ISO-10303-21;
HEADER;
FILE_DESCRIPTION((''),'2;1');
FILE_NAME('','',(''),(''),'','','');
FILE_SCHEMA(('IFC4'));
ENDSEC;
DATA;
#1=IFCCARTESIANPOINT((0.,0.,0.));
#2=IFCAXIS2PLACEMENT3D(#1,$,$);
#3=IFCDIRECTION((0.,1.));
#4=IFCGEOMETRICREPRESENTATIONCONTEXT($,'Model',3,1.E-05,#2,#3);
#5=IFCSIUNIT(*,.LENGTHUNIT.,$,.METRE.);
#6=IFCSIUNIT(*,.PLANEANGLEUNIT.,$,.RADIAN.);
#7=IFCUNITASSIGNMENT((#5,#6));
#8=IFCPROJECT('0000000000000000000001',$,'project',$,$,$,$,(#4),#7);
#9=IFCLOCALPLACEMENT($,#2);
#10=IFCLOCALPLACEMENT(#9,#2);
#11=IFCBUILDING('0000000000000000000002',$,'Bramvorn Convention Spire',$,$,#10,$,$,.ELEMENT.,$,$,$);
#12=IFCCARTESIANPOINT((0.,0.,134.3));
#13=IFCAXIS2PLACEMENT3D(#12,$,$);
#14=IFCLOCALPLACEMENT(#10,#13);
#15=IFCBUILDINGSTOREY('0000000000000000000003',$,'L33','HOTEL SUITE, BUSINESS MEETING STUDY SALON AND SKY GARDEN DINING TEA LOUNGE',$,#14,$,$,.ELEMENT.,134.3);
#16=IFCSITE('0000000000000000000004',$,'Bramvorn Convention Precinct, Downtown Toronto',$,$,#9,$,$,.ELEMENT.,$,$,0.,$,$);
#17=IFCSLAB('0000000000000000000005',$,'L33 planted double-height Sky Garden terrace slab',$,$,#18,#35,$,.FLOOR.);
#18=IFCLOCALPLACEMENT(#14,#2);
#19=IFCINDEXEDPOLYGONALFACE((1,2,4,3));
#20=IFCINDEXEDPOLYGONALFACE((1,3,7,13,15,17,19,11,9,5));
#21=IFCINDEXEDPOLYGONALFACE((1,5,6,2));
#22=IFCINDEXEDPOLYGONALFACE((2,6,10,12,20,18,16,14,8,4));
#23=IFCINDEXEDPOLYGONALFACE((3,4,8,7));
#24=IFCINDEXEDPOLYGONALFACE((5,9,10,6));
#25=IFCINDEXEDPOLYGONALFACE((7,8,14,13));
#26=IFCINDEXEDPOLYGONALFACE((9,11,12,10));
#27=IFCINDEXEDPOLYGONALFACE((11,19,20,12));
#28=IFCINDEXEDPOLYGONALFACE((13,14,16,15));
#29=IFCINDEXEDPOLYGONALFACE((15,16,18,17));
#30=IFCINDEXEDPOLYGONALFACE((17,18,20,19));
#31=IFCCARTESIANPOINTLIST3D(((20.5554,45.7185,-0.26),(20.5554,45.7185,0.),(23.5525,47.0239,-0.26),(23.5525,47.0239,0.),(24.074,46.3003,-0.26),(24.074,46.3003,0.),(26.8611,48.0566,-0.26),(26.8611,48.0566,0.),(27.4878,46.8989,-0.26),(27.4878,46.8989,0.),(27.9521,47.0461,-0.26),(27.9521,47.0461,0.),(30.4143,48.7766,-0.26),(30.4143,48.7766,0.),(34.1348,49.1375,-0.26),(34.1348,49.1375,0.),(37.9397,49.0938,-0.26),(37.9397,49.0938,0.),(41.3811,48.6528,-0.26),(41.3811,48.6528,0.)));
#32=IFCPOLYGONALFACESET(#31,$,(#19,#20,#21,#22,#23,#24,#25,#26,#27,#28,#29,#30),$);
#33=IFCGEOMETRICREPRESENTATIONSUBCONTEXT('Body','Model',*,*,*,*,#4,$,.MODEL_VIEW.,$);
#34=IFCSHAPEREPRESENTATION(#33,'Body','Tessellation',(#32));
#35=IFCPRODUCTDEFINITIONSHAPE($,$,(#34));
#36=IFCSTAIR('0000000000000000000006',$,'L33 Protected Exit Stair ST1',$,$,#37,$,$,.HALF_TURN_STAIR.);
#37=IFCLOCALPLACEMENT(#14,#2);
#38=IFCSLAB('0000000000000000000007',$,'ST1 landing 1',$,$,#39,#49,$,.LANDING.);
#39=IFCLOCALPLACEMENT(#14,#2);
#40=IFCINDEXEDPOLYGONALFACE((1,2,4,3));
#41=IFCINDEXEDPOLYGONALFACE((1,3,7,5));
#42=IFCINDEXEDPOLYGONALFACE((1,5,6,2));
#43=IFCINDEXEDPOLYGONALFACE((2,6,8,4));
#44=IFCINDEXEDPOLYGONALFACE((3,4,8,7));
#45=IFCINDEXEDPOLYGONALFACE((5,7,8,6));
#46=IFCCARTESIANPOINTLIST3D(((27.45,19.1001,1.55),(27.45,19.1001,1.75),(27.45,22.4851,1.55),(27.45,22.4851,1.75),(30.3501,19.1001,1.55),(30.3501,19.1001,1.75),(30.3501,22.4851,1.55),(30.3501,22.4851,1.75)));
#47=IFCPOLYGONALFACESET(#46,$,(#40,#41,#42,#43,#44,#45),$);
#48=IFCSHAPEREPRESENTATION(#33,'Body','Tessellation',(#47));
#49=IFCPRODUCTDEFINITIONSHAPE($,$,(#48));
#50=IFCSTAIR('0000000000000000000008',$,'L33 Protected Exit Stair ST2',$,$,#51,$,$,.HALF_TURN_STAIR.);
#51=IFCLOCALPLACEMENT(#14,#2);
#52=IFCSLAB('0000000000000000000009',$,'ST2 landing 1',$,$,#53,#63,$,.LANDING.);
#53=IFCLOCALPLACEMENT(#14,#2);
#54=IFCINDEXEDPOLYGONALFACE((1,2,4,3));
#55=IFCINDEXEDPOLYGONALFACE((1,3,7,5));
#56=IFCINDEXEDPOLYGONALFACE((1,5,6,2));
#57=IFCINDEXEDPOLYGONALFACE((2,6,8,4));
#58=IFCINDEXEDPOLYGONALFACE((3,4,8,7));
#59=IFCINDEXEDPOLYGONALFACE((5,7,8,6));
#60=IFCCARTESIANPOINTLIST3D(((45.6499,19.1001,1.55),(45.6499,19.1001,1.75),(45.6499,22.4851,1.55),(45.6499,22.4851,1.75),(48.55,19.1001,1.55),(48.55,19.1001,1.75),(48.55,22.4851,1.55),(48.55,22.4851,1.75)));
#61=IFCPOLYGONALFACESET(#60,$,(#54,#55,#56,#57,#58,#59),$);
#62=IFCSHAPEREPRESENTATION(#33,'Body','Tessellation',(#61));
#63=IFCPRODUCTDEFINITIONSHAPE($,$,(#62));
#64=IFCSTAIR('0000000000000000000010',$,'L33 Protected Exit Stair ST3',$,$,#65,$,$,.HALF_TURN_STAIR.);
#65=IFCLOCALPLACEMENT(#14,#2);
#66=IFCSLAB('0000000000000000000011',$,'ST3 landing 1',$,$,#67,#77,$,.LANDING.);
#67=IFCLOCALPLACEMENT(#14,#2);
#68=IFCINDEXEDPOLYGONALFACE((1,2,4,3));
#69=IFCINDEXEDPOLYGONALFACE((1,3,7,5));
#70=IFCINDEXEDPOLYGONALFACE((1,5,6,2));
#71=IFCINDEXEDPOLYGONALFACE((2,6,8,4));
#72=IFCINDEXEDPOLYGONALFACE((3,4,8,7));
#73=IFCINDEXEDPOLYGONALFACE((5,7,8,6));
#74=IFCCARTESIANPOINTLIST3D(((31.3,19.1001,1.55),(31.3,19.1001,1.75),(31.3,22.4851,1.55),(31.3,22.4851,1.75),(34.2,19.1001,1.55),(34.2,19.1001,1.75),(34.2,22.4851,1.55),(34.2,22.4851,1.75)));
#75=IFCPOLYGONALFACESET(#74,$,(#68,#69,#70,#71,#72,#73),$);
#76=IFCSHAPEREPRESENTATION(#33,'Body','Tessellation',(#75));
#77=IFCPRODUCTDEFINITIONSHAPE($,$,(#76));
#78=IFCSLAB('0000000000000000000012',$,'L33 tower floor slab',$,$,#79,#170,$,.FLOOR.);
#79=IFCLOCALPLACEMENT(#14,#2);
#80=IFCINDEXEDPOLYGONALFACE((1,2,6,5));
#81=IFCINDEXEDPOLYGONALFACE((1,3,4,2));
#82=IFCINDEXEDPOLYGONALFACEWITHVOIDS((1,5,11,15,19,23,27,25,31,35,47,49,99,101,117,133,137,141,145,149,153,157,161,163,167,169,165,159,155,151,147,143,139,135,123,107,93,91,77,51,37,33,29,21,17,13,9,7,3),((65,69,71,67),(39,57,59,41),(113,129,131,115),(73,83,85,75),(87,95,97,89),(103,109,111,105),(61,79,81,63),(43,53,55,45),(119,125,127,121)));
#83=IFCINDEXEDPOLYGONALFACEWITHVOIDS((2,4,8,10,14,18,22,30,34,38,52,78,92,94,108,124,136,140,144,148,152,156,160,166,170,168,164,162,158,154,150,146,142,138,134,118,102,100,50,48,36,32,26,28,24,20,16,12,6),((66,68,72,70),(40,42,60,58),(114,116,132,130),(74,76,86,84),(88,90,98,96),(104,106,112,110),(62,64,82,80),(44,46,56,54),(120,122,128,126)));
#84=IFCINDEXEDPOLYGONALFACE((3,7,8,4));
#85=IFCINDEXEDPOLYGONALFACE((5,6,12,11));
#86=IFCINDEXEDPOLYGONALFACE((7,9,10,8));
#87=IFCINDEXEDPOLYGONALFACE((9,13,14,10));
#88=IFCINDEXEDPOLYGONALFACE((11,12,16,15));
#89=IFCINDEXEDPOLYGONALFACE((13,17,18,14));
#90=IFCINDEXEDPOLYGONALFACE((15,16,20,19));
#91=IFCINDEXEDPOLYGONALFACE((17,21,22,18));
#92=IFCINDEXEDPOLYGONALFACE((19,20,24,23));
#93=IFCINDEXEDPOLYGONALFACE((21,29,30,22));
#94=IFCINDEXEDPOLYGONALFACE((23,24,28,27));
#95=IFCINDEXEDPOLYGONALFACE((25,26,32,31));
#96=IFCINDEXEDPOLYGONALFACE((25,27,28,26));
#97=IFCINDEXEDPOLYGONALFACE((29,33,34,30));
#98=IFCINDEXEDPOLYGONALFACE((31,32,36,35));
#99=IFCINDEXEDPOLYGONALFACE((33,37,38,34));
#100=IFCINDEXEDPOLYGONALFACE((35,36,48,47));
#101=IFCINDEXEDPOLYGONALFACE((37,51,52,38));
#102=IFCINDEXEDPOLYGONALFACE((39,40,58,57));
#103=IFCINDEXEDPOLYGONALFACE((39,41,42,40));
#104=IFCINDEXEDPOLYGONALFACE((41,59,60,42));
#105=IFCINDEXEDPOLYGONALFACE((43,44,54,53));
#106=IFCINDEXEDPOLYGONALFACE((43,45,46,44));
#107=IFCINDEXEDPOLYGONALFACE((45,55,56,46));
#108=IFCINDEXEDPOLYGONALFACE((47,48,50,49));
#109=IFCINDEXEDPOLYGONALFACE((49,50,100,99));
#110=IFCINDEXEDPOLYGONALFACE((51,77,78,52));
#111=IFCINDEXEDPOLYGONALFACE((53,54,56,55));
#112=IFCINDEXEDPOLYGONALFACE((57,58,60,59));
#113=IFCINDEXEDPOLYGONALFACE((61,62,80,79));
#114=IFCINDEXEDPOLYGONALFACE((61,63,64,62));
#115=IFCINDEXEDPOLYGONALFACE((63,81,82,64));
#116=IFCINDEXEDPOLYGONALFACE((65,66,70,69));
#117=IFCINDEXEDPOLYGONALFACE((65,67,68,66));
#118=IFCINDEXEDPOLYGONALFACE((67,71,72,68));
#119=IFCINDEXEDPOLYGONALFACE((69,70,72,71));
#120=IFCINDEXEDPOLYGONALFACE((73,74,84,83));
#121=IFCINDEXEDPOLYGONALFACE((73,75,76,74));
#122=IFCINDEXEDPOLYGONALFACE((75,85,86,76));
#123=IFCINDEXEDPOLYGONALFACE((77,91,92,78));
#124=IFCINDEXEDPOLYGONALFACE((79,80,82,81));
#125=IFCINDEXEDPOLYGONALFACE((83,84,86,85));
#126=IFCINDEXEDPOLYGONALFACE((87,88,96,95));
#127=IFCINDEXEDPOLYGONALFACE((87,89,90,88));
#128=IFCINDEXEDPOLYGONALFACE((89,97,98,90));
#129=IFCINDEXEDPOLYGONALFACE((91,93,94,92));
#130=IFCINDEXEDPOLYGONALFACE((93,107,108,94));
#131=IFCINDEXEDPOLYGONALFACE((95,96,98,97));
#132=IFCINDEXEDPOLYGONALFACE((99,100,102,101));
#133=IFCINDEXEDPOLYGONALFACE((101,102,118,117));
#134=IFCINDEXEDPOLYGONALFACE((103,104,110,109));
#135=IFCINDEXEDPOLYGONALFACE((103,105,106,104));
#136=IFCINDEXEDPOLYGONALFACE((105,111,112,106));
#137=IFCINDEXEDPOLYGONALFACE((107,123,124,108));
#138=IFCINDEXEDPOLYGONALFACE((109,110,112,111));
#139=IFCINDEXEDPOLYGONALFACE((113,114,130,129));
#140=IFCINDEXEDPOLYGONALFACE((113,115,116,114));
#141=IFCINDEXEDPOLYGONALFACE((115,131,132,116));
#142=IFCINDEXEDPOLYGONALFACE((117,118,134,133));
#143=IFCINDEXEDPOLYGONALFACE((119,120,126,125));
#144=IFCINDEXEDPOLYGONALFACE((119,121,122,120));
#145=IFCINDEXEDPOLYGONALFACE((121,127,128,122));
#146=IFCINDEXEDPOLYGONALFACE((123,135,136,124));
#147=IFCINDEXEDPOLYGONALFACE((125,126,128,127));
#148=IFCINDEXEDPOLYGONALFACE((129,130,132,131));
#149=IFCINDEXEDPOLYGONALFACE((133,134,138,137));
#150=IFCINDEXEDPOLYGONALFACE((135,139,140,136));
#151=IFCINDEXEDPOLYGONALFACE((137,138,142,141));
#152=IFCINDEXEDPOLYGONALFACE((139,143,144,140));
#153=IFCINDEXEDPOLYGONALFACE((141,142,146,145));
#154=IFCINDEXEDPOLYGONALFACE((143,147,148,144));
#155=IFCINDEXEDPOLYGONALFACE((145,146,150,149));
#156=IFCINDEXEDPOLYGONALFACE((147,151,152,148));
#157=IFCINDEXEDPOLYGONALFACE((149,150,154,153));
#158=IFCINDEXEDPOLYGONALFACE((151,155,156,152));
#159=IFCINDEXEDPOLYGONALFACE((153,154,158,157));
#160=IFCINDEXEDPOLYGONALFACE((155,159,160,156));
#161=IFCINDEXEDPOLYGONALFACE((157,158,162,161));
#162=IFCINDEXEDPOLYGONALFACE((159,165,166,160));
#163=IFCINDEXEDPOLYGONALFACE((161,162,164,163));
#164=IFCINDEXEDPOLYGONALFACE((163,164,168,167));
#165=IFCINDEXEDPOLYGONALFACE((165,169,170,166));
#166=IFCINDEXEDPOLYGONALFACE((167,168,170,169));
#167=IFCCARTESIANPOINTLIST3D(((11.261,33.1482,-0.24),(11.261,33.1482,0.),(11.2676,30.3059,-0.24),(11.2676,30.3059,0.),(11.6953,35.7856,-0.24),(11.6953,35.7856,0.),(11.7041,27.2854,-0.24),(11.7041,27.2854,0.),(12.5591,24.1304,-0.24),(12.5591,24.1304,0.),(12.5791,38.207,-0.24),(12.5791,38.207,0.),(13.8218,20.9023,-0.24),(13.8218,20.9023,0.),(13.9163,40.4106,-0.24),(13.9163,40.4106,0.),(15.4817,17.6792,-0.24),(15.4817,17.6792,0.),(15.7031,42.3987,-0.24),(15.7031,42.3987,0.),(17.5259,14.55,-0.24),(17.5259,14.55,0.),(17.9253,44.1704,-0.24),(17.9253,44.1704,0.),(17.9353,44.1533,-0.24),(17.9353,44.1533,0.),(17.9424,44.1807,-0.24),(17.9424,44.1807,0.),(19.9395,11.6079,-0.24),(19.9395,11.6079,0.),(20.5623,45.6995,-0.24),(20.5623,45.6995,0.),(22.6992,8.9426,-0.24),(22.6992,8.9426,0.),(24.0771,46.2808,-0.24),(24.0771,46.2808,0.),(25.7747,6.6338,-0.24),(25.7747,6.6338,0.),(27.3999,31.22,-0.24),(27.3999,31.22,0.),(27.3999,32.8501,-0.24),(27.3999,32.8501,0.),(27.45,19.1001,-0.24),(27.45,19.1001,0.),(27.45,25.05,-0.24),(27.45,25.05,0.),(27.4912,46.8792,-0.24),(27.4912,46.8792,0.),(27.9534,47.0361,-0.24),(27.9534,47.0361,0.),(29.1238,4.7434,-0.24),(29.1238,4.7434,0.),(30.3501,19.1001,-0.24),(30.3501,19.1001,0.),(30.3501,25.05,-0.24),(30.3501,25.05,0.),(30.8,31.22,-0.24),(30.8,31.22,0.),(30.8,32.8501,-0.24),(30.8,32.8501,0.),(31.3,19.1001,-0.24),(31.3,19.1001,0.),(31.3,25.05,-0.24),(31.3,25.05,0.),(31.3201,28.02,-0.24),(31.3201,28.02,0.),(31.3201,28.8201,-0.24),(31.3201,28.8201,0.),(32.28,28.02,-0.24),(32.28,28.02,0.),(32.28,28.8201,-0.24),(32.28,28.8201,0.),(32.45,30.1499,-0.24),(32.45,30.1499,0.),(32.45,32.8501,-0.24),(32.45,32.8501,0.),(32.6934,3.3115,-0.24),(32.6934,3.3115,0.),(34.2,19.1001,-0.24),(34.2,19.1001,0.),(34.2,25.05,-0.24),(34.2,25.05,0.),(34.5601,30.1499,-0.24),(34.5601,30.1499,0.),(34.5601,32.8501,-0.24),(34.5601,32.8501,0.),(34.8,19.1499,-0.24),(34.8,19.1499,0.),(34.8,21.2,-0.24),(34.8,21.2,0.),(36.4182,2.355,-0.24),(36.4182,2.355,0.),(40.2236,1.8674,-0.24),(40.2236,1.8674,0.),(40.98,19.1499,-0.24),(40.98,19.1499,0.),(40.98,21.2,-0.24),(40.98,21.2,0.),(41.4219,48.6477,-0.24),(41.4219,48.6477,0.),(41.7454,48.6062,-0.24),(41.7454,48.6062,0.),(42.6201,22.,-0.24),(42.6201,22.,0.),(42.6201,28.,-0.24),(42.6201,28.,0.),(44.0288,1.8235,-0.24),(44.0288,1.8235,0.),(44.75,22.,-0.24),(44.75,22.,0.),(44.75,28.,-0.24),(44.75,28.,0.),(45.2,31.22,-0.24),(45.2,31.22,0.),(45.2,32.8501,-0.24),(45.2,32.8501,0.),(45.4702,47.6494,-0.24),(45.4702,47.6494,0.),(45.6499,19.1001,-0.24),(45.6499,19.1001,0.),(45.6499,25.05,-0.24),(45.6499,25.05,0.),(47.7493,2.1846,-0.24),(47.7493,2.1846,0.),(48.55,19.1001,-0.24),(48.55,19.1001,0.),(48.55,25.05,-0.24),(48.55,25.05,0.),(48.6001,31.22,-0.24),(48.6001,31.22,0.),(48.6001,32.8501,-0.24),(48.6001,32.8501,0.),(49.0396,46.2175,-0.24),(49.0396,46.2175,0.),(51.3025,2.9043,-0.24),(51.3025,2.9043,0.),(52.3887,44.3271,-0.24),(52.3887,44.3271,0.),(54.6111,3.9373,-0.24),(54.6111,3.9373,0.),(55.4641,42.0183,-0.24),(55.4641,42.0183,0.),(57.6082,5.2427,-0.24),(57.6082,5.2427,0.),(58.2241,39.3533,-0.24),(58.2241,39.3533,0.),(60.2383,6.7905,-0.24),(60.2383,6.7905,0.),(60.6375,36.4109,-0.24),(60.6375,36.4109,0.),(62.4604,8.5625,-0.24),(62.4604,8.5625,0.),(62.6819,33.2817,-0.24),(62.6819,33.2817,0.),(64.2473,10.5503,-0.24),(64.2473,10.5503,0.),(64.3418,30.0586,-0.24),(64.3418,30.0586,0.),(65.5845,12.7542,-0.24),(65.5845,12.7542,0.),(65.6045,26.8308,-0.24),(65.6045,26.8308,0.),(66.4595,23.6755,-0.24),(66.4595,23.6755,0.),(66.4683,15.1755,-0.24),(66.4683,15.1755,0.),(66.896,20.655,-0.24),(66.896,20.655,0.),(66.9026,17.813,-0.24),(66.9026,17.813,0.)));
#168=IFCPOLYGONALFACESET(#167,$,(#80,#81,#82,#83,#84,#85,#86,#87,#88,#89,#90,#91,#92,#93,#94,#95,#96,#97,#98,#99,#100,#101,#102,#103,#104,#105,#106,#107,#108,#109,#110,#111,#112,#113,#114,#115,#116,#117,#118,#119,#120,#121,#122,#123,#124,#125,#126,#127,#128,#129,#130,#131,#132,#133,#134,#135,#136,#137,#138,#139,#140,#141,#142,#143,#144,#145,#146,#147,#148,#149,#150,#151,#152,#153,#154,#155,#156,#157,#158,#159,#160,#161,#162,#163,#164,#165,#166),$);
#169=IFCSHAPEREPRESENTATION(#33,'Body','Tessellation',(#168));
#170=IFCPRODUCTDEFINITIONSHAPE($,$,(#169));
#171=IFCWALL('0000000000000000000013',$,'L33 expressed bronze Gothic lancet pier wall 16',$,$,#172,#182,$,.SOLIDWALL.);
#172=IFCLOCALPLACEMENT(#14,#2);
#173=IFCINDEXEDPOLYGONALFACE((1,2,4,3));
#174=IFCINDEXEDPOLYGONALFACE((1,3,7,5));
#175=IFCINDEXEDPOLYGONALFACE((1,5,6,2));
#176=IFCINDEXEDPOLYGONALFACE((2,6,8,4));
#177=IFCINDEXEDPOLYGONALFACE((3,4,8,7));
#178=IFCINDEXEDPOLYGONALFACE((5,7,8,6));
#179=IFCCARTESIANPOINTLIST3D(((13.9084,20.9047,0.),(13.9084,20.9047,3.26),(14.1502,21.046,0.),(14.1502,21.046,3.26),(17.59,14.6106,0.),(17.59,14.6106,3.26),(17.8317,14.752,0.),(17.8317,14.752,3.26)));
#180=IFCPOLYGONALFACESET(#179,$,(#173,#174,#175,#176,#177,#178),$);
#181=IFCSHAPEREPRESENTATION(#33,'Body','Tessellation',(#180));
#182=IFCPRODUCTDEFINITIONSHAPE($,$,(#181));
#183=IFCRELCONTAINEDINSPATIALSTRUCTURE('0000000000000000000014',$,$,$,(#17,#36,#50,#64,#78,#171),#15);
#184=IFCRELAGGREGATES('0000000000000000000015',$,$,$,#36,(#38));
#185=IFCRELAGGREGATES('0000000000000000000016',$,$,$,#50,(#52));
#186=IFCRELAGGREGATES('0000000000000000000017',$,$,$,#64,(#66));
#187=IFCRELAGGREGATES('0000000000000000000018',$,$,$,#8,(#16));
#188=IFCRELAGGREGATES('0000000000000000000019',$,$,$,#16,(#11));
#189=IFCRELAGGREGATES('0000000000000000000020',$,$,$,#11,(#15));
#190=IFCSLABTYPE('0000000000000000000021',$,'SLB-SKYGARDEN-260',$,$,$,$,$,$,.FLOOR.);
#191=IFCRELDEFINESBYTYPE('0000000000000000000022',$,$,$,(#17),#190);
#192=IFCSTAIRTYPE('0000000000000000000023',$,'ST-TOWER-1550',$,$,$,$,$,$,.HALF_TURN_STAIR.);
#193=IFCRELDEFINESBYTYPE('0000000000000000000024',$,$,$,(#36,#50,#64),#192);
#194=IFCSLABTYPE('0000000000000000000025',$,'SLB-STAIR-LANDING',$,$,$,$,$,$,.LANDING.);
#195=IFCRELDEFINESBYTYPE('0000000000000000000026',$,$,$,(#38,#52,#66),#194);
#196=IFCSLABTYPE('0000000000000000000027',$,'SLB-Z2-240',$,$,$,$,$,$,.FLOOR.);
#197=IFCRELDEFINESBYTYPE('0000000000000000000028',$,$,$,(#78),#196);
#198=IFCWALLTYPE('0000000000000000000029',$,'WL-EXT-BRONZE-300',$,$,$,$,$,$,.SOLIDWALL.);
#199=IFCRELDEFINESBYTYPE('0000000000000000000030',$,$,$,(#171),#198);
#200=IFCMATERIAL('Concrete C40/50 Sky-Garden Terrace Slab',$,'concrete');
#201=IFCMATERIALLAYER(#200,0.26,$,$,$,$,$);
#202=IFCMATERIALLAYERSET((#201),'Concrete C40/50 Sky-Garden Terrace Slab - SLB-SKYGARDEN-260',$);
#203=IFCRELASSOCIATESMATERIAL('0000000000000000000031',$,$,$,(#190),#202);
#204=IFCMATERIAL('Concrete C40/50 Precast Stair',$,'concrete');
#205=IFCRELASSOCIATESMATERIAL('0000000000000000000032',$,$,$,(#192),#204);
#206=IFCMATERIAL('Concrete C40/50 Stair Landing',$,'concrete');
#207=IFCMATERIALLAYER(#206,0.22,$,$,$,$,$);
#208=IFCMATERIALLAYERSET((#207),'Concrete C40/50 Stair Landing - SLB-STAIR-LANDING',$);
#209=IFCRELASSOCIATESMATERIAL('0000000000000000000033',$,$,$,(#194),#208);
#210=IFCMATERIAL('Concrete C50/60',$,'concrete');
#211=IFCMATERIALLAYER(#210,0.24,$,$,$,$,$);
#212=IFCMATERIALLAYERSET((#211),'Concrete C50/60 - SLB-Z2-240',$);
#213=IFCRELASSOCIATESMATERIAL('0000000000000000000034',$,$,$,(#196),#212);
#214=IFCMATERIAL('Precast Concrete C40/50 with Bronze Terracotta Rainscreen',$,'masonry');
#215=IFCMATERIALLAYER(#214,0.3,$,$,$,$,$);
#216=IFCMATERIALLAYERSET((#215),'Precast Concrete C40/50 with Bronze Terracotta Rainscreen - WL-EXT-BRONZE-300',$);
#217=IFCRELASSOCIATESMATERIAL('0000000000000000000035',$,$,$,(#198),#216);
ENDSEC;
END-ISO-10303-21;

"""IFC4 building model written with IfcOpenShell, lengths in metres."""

from ifc_helpers import new_model, si_unit, direction, frame, frame_2d, origin, place, context, subcontext, project, spatial, polyline, rectangle, outline, extrude, material, layer, layer_set, type_object, element, aggregate, save


model = new_model("IFC4")

# Units and contexts
model_context = context("Model", 3, precision=1e-05, world=origin(), true_north=direction((0.0, 1.0)))
body_context = subcontext(model_context, "Body", "Model", "MODEL_VIEW")
ifc_project = project(units=[si_unit("LENGTHUNIT", "METRE"), si_unit("PLANEANGLEUNIT", "RADIAN")], contexts=[model_context])

# Site, building, storey
site_placement = place(None, origin())
site = spatial("IfcSite", under=ifc_project, at=site_placement, Name="Bramvorn Convention Precinct, Downtown Toronto", CompositionType="ELEMENT", RefElevation=0.0)
building_placement = place(site_placement, origin())
building = spatial("IfcBuilding", under=site, at=building_placement, Name="Bramvorn Convention Spire", CompositionType="ELEMENT")
storey_placement = place(building_placement, frame((0.0, 0.0, 134.3)))
storey = spatial("IfcBuildingStorey", under=building, at=storey_placement, Name="L33", Description="HOTEL SUITE, BUSINESS MEETING STUDY SALON AND SKY GARDEN DINING TEA LOUNGE", CompositionType="ELEMENT", Elevation=134.3)

# Slab
ifc_material_1 = material(Name="Concrete C40/50 Sky-Garden Terrace Slab", Category="concrete")
ifc_layer_1 = layer(ifc_material_1, 0.26)
ifc_layer_set_1 = layer_set([ifc_layer_1], Name="Concrete C40/50 Sky-Garden Terrace Slab - SLB-SKYGARDEN-260")
slab_type_1 = type_object("IfcSlabType", Name="SLB-SKYGARDEN-260", PredefinedType="FLOOR", material=ifc_layer_set_1)
slab_1_placement = place(storey_placement, frame((0.0, 0.0, -0.26)))
element("IfcSlab", 1, at=slab_1_placement, inside=storey, type_object=slab_type_1, Name="L33 planted double-height Sky Garden terrace slab", PredefinedType="FLOOR", context=body_context, shape_type="SweptSolid", body=[
    extrude(outline(polyline([(23.5525, 47.0239), (20.5554, 45.7185), (24.074, 46.3003), (27.4878, 46.8989), (27.9521, 47.0461), (41.3811, 48.6528), (37.9397, 49.0938), (34.1348, 49.1375), (30.4143, 48.7766), (26.8611, 48.0566), (23.5525, 47.0239)])), origin(), (0.0, 0.0, 1.0), 0.26),
])

# Stairs, slabs
ifc_material_2 = material(Name="Concrete C40/50 Precast Stair", Category="concrete")
stair_type = type_object("IfcStairType", Name="ST-TOWER-1550", PredefinedType="HALF_TURN_STAIR", material=ifc_material_2)
stair_1_placement = place(storey_placement, origin())
stair_1 = element("IfcStair", 2, at=stair_1_placement, inside=storey, type_object=stair_type, Name="L33 Protected Exit Stair ST1", PredefinedType="HALF_TURN_STAIR")
ifc_material_3 = material(Name="Concrete C40/50 Stair Landing", Category="concrete")
ifc_layer_2 = layer(ifc_material_3, 0.22)
ifc_layer_set_2 = layer_set([ifc_layer_2], Name="Concrete C40/50 Stair Landing - SLB-STAIR-LANDING")
slab_type_2 = type_object("IfcSlabType", Name="SLB-STAIR-LANDING", PredefinedType="LANDING", material=ifc_layer_set_2)
slab_2_placement = place(storey_placement, frame((0.0, 0.0, 1.55)))
slab_2 = element("IfcSlab", 3, at=slab_2_placement, type_object=slab_type_2, Name="ST1 landing 1", PredefinedType="LANDING", context=body_context, shape_type="SweptSolid", body=[
    extrude(outline(polyline([(27.45, 22.4851), (27.45, 19.1001), (30.3501, 19.1001), (30.3501, 22.4851), (27.45, 22.4851)])), origin(), (0.0, 0.0, 1.0), 0.2),
])
aggregate(stair_1, [slab_2])
stair_2_placement = place(storey_placement, origin())
stair_2 = element("IfcStair", 4, at=stair_2_placement, inside=storey, type_object=stair_type, Name="L33 Protected Exit Stair ST2", PredefinedType="HALF_TURN_STAIR")
slab_3_placement = place(storey_placement, frame((0.0, 0.0, 1.55)))
slab_3 = element("IfcSlab", 5, at=slab_3_placement, type_object=slab_type_2, Name="ST2 landing 1", PredefinedType="LANDING", context=body_context, shape_type="SweptSolid", body=[
    extrude(outline(polyline([(45.6499, 22.4851), (45.6499, 19.1001), (48.55, 19.1001), (48.55, 22.4851), (45.6499, 22.4851)])), origin(), (0.0, 0.0, 1.0), 0.2),
])
aggregate(stair_2, [slab_3])
stair_3_placement = place(storey_placement, origin())
stair_3 = element("IfcStair", 6, at=stair_3_placement, inside=storey, type_object=stair_type, Name="L33 Protected Exit Stair ST3", PredefinedType="HALF_TURN_STAIR")
slab_4_placement = place(storey_placement, frame((0.0, 0.0, 1.55)))
slab_4 = element("IfcSlab", 7, at=slab_4_placement, type_object=slab_type_2, Name="ST3 landing 1", PredefinedType="LANDING", context=body_context, shape_type="SweptSolid", body=[
    extrude(outline(polyline([(31.3, 22.4851), (31.3, 19.1001), (34.2, 19.1001), (34.2, 22.4851), (31.3, 22.4851)])), origin(), (0.0, 0.0, 1.0), 0.2),
])
aggregate(stair_3, [slab_4])

# Slab
ifc_material_4 = material(Name="Concrete C50/60", Category="concrete")
ifc_layer_3 = layer(ifc_material_4, 0.24)
ifc_layer_set_3 = layer_set([ifc_layer_3], Name="Concrete C50/60 - SLB-Z2-240")
slab_type_3 = type_object("IfcSlabType", Name="SLB-Z2-240", PredefinedType="FLOOR", material=ifc_layer_set_3)
slab_5_placement = place(storey_placement, frame((0.0, 0.0, -0.24)))
element("IfcSlab", 8, at=slab_5_placement, inside=storey, type_object=slab_type_3, Name="L33 tower floor slab", PredefinedType="FLOOR", context=body_context, shape_type="SweptSolid", body=[
    extrude(outline(polyline([(64.2473, 10.5503), (62.4604, 8.5625), (60.2383, 6.7905), (57.6082, 5.2427), (54.6111, 3.9373), (51.3025, 2.9043), (47.7493, 2.1846), (44.0288, 1.8235), (40.2236, 1.8674), (36.4182, 2.355), (32.6934, 3.3115), (29.1238, 4.7434), (25.7747, 6.6338), (22.6992, 8.9426), (19.9395, 11.6079), (17.5259, 14.55), (15.4817, 17.6792), (13.8218, 20.9023), (12.5591, 24.1304), (11.7041, 27.2854), (11.2676, 30.3059), (11.261, 33.1482), (11.6953, 35.7856), (12.5791, 38.207), (13.9163, 40.4106), (15.7031, 42.3987), (17.9253, 44.1704), (17.9424, 44.1807), (17.9353, 44.1533), (20.5623, 45.6995), (24.0771, 46.2808), (27.4912, 46.8792), (27.9534, 47.0361), (41.4219, 48.6477), (41.7454, 48.6062), (45.4702, 47.6494), (49.0396, 46.2175), (52.3887, 44.3271), (55.4641, 42.0183), (58.2241, 39.3533), (60.6375, 36.4109), (62.6819, 33.2817), (64.3418, 30.0586), (65.6045, 26.8308), (66.4595, 23.6755), (66.896, 20.655), (66.9026, 17.813), (66.4683, 15.1755), (65.5845, 12.7542), (64.2473, 10.5503)]), holes=[polyline([(27.45, 25.05), (27.45, 19.1001), (30.3501, 19.1001), (30.3501, 25.05), (27.45, 25.05)]), polyline([(45.6499, 25.05), (45.6499, 19.1001), (48.55, 19.1001), (48.55, 25.05), (45.6499, 25.05)]), polyline([(31.3, 25.05), (31.3, 19.1001), (34.2, 19.1001), (34.2, 25.05), (31.3, 25.05)]), polyline([(27.3999, 31.22), (30.8, 31.22), (30.8, 32.8501), (27.3999, 32.8501), (27.3999, 31.22)]), polyline([(45.2, 31.22), (48.6001, 31.22), (48.6001, 32.8501), (45.2, 32.8501), (45.2, 31.22)]), polyline([(32.45, 30.1499), (34.5601, 30.1499), (34.5601, 32.8501), (32.45, 32.8501), (32.45, 30.1499)]), polyline([(34.8, 19.1499), (40.98, 19.1499), (40.98, 21.2), (34.8, 21.2), (34.8, 19.1499)]), polyline([(42.6201, 22.0), (44.75, 22.0), (44.75, 28.0), (42.6201, 28.0), (42.6201, 22.0)]), polyline([(31.3201, 28.02), (32.28, 28.02), (32.28, 28.8201), (31.3201, 28.8201), (31.3201, 28.02)])]), origin(), (0.0, 0.0, 1.0), 0.24),
])

# Wall
ifc_material_5 = material(Name="Precast Concrete C40/50 with Bronze Terracotta Rainscreen", Category="masonry")
ifc_layer_4 = layer(ifc_material_5, 0.3)
ifc_layer_set_4 = layer_set([ifc_layer_4], Name="Precast Concrete C40/50 with Bronze Terracotta Rainscreen - WL-EXT-BRONZE-300")
wall_type_1 = type_object("IfcWallType", Name="WL-EXT-BRONZE-300", PredefinedType="SOLIDWALL", material=ifc_layer_set_4)
wall_1_placement = place(storey_placement, frame((17.7109, 14.6812, 0.0), z_axis=(0.0, 0.0, 1.0), x_axis=(-0.504897, 0.86318, 0.0)))
element("IfcWall", 9, at=wall_1_placement, inside=storey, type_object=wall_type_1, Name="L33 expressed bronze Gothic lancet pier wall 16", PredefinedType="SOLIDWALL", context=body_context, shape_type="SweptSolid", body=[
    extrude(rectangle(XDim=7.2917, YDim=0.28, at=frame_2d((3.646, 0.0))), origin(), (0.0, 0.0, 1.0), 3.26),
])

save(model, "model.ifc")
